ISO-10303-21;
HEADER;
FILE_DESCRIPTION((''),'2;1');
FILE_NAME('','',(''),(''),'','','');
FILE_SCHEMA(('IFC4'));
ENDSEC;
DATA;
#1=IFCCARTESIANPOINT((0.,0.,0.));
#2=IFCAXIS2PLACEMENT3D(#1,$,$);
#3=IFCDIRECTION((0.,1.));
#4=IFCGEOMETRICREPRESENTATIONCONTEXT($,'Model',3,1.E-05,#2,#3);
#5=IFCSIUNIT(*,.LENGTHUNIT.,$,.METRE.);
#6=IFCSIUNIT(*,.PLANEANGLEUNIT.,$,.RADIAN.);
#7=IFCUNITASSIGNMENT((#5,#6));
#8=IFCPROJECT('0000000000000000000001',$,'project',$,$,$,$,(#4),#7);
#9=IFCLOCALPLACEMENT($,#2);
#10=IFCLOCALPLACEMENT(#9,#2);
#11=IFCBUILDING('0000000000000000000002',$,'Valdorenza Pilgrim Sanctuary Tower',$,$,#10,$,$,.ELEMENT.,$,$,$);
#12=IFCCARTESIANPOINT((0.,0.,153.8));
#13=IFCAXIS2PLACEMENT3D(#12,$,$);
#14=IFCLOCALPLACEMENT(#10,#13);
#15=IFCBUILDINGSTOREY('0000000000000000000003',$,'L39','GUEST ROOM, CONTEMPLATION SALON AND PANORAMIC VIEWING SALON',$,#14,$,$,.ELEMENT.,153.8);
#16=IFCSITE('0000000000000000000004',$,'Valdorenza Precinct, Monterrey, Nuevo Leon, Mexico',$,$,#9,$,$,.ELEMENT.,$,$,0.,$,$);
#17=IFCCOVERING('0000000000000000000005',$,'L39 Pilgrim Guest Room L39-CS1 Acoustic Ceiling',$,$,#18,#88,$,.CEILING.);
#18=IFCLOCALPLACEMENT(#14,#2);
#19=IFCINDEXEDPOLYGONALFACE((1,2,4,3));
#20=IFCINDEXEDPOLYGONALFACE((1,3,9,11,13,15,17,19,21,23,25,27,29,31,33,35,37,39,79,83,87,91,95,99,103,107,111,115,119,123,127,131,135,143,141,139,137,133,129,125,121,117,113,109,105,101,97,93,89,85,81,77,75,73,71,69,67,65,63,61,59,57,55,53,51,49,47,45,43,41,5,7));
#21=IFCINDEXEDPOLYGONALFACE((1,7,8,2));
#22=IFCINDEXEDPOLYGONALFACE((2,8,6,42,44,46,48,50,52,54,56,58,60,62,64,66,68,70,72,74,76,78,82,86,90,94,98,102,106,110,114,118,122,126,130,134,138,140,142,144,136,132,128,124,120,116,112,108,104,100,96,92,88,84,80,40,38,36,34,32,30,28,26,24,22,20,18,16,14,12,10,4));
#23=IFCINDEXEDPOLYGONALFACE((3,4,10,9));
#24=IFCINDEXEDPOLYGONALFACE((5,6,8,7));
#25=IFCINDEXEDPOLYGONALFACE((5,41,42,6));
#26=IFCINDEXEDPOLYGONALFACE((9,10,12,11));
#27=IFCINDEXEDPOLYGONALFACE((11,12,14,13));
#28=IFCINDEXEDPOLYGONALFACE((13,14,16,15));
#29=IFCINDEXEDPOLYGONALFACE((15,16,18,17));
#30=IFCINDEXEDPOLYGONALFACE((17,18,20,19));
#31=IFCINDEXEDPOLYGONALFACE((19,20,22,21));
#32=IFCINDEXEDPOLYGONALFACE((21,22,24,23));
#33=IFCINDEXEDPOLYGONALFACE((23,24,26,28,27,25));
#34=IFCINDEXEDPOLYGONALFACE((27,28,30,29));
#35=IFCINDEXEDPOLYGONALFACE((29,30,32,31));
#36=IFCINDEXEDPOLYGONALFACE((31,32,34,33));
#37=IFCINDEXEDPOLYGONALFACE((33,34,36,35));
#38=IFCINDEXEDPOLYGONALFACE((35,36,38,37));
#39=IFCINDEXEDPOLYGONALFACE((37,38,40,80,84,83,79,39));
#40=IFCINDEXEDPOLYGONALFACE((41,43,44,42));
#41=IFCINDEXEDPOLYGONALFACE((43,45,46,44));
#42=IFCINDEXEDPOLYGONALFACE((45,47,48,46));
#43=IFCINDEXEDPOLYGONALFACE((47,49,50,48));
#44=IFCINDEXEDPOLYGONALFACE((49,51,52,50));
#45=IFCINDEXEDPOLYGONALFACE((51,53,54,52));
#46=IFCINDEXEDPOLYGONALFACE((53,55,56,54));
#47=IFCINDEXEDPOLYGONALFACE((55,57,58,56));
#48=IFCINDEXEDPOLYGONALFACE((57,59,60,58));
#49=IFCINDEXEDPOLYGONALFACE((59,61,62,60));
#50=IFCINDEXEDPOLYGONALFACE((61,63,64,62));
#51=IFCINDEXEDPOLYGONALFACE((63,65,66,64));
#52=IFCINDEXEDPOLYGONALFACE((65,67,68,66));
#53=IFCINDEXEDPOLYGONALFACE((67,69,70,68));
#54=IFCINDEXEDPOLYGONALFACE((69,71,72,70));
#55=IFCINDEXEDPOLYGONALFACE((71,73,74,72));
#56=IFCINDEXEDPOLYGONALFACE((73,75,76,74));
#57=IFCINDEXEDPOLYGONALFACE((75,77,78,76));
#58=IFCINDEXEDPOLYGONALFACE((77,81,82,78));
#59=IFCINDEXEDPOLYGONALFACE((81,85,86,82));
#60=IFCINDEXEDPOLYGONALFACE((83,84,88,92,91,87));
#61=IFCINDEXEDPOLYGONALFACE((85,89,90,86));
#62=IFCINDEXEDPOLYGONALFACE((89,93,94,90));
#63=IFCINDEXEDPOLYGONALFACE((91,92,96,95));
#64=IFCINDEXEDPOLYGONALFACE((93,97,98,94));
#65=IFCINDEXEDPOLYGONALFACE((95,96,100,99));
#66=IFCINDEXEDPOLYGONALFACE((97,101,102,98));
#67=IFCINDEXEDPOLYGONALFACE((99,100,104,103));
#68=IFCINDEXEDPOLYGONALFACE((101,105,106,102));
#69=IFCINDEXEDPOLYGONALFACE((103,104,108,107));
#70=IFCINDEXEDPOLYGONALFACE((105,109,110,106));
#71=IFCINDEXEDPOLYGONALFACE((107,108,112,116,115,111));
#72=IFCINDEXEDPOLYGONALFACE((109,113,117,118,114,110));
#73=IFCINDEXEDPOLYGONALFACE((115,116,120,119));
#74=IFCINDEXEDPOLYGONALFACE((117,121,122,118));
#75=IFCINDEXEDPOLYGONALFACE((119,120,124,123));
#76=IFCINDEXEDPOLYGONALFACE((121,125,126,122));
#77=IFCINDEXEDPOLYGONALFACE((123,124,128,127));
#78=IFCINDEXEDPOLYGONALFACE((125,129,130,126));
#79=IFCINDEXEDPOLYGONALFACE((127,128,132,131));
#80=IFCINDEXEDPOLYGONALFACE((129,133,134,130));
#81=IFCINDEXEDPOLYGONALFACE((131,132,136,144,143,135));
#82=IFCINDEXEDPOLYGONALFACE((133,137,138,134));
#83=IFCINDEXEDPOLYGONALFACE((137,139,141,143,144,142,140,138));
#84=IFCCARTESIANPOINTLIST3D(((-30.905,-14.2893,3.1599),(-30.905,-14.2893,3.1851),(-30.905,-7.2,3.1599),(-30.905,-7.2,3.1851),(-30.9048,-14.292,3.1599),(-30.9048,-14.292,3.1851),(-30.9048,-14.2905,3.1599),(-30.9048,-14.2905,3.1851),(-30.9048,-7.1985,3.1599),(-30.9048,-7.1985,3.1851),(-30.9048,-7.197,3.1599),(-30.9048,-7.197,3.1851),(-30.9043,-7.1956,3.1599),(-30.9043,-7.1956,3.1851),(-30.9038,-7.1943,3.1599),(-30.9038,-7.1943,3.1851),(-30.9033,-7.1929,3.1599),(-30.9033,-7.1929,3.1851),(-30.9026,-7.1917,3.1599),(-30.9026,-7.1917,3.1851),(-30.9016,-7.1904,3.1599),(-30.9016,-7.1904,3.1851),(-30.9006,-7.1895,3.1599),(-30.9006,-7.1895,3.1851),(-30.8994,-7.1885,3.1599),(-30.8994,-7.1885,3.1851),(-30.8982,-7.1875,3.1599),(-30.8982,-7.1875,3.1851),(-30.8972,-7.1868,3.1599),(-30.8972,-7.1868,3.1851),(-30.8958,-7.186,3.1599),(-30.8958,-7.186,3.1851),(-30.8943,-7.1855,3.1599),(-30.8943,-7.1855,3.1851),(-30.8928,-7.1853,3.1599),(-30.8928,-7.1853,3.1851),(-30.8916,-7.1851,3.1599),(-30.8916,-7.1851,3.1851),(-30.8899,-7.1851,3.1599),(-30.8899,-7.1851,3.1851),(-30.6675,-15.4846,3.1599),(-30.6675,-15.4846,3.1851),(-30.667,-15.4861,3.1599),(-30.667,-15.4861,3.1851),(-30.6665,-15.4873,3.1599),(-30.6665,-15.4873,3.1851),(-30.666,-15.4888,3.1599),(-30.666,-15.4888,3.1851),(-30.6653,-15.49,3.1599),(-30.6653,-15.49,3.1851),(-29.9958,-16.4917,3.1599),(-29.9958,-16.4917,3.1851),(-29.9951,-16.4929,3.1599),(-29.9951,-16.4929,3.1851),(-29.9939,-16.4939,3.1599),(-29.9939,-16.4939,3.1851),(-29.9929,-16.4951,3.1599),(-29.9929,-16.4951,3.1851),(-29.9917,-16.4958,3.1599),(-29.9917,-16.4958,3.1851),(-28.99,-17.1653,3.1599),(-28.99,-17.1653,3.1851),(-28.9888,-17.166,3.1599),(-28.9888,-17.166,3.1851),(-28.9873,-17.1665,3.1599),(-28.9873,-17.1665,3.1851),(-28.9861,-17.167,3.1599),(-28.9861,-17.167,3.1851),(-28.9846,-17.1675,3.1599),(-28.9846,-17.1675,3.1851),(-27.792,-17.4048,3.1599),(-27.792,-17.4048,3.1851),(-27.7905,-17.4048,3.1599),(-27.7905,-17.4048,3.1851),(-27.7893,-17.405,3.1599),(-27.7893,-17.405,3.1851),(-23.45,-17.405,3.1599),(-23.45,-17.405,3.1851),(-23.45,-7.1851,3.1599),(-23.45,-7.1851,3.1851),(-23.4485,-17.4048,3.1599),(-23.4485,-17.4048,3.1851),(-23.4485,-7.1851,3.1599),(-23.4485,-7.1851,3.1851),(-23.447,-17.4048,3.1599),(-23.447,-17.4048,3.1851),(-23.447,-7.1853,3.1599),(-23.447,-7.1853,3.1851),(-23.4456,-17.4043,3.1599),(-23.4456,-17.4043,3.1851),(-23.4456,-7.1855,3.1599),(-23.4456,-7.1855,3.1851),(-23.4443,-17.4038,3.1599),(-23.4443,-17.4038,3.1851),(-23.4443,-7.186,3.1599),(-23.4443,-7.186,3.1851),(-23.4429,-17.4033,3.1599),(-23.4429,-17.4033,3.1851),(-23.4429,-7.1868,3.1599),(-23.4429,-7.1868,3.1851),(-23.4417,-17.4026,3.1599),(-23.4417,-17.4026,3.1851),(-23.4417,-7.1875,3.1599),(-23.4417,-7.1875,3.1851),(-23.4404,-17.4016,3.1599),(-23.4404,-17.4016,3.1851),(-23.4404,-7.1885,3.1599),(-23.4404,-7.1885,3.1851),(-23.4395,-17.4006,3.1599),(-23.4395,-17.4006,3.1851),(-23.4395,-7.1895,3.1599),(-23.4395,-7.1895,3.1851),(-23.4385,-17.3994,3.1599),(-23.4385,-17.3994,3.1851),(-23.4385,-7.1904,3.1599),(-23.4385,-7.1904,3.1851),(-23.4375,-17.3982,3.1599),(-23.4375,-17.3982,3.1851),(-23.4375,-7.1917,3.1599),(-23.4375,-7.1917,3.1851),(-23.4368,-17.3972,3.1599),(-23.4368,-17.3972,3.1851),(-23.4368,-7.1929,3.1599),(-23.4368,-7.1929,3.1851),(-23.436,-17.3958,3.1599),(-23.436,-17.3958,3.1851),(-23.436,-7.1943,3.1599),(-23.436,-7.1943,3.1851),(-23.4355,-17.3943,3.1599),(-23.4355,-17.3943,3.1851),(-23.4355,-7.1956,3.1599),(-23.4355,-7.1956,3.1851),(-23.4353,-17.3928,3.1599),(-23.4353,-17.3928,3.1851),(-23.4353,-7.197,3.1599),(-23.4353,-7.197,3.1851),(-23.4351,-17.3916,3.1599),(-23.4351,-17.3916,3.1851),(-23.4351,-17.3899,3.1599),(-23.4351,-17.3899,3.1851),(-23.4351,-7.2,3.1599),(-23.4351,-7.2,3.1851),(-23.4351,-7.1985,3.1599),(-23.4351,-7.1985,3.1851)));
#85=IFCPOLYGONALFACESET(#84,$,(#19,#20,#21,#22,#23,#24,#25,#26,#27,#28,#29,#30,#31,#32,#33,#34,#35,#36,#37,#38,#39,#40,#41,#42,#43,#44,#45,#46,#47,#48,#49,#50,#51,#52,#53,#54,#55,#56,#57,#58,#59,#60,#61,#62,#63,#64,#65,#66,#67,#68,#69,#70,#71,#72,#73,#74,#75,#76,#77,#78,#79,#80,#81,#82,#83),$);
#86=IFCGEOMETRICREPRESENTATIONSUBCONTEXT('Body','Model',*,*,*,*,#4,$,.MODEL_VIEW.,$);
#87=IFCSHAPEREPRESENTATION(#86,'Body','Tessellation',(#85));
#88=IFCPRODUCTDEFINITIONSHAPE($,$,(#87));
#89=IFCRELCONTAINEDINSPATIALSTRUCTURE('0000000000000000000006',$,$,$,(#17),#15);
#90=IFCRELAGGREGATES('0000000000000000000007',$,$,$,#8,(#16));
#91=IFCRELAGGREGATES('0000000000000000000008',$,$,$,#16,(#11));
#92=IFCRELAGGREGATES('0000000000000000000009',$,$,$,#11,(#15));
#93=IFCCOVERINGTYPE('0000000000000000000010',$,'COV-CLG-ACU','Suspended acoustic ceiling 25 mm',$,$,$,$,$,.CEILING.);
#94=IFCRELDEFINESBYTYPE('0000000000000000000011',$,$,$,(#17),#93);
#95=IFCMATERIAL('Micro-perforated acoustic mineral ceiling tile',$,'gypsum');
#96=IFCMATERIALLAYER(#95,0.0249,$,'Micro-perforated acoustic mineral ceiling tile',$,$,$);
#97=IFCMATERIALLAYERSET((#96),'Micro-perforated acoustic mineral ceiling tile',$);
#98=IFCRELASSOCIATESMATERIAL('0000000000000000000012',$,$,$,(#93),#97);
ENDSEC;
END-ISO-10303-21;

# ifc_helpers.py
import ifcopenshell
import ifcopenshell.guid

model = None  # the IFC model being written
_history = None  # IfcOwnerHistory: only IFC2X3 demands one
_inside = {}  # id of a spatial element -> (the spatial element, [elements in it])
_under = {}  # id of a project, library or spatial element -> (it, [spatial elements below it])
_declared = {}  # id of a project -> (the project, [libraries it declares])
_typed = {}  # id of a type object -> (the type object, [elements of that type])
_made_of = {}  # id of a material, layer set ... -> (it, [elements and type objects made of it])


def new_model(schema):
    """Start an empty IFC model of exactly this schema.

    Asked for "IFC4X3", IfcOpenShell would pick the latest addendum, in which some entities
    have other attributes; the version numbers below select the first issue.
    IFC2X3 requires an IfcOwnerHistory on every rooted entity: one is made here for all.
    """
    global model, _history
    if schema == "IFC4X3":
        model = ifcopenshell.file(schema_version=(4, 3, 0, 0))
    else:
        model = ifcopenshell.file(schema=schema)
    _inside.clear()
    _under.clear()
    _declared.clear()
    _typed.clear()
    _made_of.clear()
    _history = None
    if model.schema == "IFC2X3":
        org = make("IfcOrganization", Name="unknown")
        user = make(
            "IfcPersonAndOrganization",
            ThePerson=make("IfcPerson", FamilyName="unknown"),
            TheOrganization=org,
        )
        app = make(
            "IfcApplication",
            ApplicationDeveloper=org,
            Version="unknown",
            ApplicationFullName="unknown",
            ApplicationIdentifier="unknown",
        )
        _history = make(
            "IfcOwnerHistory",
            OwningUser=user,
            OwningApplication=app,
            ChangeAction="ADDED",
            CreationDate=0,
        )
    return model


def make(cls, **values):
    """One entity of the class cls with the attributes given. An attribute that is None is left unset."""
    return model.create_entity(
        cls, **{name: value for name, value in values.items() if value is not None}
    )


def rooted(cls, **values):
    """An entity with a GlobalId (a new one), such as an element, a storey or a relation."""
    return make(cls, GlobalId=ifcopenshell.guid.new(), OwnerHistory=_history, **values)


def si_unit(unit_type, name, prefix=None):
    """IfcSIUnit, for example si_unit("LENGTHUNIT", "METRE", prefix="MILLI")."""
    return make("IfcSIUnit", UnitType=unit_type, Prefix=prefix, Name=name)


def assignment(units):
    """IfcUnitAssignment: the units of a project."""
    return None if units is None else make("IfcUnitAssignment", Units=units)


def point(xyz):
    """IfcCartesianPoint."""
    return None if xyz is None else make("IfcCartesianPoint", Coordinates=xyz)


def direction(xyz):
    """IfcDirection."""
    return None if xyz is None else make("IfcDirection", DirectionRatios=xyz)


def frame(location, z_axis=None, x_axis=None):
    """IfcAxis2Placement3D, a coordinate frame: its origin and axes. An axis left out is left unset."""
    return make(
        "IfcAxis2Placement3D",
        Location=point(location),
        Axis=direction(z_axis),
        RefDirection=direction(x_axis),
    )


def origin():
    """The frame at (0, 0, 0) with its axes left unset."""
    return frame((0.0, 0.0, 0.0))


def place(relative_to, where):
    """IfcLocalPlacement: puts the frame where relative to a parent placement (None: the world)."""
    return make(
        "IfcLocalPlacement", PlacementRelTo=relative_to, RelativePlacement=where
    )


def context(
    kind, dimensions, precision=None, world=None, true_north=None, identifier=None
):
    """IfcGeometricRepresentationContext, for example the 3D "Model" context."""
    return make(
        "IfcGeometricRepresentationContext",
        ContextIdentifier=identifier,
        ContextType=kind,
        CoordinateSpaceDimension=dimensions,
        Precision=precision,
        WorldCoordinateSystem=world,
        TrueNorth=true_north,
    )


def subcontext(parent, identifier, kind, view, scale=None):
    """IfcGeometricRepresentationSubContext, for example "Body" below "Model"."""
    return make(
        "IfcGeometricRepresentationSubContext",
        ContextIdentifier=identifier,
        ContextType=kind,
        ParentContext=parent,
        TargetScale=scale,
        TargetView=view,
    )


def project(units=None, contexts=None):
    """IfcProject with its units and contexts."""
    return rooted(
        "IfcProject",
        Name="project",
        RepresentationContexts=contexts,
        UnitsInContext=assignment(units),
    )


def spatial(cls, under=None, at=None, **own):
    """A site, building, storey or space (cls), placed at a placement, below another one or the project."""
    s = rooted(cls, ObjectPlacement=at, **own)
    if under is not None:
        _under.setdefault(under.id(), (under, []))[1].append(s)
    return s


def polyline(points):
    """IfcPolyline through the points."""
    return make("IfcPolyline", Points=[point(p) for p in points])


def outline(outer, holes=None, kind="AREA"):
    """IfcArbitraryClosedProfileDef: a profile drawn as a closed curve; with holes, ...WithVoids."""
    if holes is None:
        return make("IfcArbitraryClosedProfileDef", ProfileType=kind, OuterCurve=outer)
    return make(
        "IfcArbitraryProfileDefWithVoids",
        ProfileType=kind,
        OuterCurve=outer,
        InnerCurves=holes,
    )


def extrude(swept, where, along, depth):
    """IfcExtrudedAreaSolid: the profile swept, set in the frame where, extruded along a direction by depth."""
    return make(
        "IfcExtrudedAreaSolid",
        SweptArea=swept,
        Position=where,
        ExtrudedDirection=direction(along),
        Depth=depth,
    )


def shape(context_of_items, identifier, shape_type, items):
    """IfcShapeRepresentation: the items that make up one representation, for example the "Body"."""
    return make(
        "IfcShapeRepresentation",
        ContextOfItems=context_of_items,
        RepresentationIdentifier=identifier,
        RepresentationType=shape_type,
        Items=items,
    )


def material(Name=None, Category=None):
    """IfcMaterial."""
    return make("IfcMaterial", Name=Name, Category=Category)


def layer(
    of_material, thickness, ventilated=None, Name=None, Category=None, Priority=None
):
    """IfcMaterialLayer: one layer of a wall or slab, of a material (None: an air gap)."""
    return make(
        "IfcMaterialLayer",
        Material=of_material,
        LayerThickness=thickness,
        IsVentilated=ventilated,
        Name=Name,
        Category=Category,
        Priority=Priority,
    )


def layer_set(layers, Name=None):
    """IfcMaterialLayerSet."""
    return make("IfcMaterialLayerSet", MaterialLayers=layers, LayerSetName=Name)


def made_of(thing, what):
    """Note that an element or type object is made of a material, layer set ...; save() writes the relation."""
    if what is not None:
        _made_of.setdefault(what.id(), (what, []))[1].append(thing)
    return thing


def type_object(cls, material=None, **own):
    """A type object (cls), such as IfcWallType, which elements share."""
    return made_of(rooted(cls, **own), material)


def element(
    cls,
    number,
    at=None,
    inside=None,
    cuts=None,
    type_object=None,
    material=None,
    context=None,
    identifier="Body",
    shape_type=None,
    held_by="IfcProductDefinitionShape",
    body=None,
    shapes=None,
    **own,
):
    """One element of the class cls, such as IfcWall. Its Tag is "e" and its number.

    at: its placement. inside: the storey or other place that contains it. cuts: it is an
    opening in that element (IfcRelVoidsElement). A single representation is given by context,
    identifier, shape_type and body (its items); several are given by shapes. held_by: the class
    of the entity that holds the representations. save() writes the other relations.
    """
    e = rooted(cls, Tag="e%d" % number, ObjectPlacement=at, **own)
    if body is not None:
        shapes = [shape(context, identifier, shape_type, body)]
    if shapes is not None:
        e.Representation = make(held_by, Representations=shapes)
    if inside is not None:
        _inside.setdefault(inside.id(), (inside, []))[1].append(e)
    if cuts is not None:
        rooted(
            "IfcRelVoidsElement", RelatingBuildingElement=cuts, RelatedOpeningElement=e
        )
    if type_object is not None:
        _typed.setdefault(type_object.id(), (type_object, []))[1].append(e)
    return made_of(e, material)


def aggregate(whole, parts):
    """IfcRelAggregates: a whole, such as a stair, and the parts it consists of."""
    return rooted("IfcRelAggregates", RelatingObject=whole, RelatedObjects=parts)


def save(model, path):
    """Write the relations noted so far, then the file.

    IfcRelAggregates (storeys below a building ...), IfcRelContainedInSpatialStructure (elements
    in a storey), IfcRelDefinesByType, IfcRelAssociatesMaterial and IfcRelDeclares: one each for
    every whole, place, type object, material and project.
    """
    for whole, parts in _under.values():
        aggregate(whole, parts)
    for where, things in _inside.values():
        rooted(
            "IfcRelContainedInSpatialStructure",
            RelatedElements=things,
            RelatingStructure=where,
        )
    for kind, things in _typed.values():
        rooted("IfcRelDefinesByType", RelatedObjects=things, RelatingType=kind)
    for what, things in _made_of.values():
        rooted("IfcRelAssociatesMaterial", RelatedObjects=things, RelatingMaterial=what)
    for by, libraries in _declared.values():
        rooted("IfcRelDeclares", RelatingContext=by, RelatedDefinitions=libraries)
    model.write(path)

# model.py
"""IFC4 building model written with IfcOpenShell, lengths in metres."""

from ifc_helpers import new_model, si_unit, direction, frame, origin, place, context, subcontext, project, spatial, polyline, outline, extrude, material, layer, layer_set, type_object, element, save


model = new_model("IFC4")

# Units and contexts
model_context = context("Model", 3, precision=1e-05, world=origin(), true_north=direction((0.0, 1.0)))
body_context = subcontext(model_context, "Body", "Model", "MODEL_VIEW")
ifc_project = project(units=[si_unit("LENGTHUNIT", "METRE"), si_unit("PLANEANGLEUNIT", "RADIAN")], contexts=[model_context])

# Site, building, storey
site_placement = place(None, origin())
site = spatial("IfcSite", under=ifc_project, at=site_placement, Name="Valdorenza Precinct, Monterrey, Nuevo Leon, Mexico", CompositionType="ELEMENT", RefElevation=0.0)
building_placement = place(site_placement, origin())
building = spatial("IfcBuilding", under=site, at=building_placement, Name="Valdorenza Pilgrim Sanctuary Tower", CompositionType="ELEMENT")
storey_placement = place(building_placement, frame((0.0, 0.0, 153.8)))
storey = spatial("IfcBuildingStorey", under=building, at=storey_placement, Name="L39", Description="GUEST ROOM, CONTEMPLATION SALON AND PANORAMIC VIEWING SALON", CompositionType="ELEMENT", Elevation=153.8)

# Covering
ifc_material_1 = material(Name="Micro-perforated acoustic mineral ceiling tile", Category="gypsum")
ifc_layer_1 = layer(ifc_material_1, 0.0249, Name="Micro-perforated acoustic mineral ceiling tile")
ifc_layer_set_1 = layer_set([ifc_layer_1], Name="Micro-perforated acoustic mineral ceiling tile")
covering_type_1 = type_object("IfcCoveringType", Name="COV-CLG-ACU", Description="Suspended acoustic ceiling 25 mm", PredefinedType="CEILING", material=ifc_layer_set_1)
covering_1_placement = place(storey_placement, frame((0.0, 0.0, 3.1599)))
element("IfcCovering", 1, at=covering_1_placement, inside=storey, type_object=covering_type_1, Name="L39 Pilgrim Guest Room L39-CS1 Acoustic Ceiling", PredefinedType="CEILING", context=body_context, shape_type="SweptSolid", body=[
    extrude(outline(polyline([(-23.45, -7.1851), (-23.4485, -7.1851), (-23.447, -7.1853), (-23.4456, -7.1855), (-23.4443, -7.186), (-23.4429, -7.1868), (-23.4417, -7.1875), (-23.4404, -7.1885), (-23.4395, -7.1895), (-23.4385, -7.1904), (-23.4375, -7.1917), (-23.4368, -7.1929), (-23.436, -7.1943), (-23.4355, -7.1956), (-23.4353, -7.197), (-23.4351, -7.1985), (-23.4351, -7.2), (-23.4351, -17.3899), (-23.4351, -17.3916), (-23.4353, -17.3928), (-23.4355, -17.3943), (-23.436, -17.3958), (-23.4368, -17.3972), (-23.4375, -17.3982), (-23.4385, -17.3994), (-23.4395, -17.4006), (-23.4404, -17.4016), (-23.4417, -17.4026), (-23.4429, -17.4033), (-23.4443, -17.4038), (-23.4456, -17.4043), (-23.447, -17.4048), (-23.4485, -17.4048), (-23.45, -17.405), (-27.7893, -17.405), (-27.7905, -17.4048), (-27.792, -17.4048), (-28.9846, -17.1675), (-28.9861, -17.167), (-28.9873, -17.1665), (-28.9888, -17.166), (-28.99, -17.1653), (-29.9917, -16.4958), (-29.9929, -16.4951), (-29.9939, -16.4939), (-29.9951, -16.4929), (-29.9958, -16.4917), (-30.6653, -15.49), (-30.666, -15.4888), (-30.6665, -15.4873), (-30.667, -15.4861), (-30.6675, -15.4846), (-30.9048, -14.292), (-30.9048, -14.2905), (-30.905, -14.2893), (-30.905, -7.2), (-30.9048, -7.1985), (-30.9048, -7.197), (-30.9043, -7.1956), (-30.9038, -7.1943), (-30.9033, -7.1929), (-30.9026, -7.1917), (-30.9016, -7.1904), (-30.9006, -7.1895), (-30.8994, -7.1885), (-30.8982, -7.1875), (-30.8972, -7.1868), (-30.8958, -7.186), (-30.8943, -7.1855), (-30.8928, -7.1853), (-30.8916, -7.1851), (-30.8899, -7.1851), (-23.45, -7.1851)])), origin(), (0.0, 0.0, 1.0), 0.0251),
])

save(model, "model.ifc")
